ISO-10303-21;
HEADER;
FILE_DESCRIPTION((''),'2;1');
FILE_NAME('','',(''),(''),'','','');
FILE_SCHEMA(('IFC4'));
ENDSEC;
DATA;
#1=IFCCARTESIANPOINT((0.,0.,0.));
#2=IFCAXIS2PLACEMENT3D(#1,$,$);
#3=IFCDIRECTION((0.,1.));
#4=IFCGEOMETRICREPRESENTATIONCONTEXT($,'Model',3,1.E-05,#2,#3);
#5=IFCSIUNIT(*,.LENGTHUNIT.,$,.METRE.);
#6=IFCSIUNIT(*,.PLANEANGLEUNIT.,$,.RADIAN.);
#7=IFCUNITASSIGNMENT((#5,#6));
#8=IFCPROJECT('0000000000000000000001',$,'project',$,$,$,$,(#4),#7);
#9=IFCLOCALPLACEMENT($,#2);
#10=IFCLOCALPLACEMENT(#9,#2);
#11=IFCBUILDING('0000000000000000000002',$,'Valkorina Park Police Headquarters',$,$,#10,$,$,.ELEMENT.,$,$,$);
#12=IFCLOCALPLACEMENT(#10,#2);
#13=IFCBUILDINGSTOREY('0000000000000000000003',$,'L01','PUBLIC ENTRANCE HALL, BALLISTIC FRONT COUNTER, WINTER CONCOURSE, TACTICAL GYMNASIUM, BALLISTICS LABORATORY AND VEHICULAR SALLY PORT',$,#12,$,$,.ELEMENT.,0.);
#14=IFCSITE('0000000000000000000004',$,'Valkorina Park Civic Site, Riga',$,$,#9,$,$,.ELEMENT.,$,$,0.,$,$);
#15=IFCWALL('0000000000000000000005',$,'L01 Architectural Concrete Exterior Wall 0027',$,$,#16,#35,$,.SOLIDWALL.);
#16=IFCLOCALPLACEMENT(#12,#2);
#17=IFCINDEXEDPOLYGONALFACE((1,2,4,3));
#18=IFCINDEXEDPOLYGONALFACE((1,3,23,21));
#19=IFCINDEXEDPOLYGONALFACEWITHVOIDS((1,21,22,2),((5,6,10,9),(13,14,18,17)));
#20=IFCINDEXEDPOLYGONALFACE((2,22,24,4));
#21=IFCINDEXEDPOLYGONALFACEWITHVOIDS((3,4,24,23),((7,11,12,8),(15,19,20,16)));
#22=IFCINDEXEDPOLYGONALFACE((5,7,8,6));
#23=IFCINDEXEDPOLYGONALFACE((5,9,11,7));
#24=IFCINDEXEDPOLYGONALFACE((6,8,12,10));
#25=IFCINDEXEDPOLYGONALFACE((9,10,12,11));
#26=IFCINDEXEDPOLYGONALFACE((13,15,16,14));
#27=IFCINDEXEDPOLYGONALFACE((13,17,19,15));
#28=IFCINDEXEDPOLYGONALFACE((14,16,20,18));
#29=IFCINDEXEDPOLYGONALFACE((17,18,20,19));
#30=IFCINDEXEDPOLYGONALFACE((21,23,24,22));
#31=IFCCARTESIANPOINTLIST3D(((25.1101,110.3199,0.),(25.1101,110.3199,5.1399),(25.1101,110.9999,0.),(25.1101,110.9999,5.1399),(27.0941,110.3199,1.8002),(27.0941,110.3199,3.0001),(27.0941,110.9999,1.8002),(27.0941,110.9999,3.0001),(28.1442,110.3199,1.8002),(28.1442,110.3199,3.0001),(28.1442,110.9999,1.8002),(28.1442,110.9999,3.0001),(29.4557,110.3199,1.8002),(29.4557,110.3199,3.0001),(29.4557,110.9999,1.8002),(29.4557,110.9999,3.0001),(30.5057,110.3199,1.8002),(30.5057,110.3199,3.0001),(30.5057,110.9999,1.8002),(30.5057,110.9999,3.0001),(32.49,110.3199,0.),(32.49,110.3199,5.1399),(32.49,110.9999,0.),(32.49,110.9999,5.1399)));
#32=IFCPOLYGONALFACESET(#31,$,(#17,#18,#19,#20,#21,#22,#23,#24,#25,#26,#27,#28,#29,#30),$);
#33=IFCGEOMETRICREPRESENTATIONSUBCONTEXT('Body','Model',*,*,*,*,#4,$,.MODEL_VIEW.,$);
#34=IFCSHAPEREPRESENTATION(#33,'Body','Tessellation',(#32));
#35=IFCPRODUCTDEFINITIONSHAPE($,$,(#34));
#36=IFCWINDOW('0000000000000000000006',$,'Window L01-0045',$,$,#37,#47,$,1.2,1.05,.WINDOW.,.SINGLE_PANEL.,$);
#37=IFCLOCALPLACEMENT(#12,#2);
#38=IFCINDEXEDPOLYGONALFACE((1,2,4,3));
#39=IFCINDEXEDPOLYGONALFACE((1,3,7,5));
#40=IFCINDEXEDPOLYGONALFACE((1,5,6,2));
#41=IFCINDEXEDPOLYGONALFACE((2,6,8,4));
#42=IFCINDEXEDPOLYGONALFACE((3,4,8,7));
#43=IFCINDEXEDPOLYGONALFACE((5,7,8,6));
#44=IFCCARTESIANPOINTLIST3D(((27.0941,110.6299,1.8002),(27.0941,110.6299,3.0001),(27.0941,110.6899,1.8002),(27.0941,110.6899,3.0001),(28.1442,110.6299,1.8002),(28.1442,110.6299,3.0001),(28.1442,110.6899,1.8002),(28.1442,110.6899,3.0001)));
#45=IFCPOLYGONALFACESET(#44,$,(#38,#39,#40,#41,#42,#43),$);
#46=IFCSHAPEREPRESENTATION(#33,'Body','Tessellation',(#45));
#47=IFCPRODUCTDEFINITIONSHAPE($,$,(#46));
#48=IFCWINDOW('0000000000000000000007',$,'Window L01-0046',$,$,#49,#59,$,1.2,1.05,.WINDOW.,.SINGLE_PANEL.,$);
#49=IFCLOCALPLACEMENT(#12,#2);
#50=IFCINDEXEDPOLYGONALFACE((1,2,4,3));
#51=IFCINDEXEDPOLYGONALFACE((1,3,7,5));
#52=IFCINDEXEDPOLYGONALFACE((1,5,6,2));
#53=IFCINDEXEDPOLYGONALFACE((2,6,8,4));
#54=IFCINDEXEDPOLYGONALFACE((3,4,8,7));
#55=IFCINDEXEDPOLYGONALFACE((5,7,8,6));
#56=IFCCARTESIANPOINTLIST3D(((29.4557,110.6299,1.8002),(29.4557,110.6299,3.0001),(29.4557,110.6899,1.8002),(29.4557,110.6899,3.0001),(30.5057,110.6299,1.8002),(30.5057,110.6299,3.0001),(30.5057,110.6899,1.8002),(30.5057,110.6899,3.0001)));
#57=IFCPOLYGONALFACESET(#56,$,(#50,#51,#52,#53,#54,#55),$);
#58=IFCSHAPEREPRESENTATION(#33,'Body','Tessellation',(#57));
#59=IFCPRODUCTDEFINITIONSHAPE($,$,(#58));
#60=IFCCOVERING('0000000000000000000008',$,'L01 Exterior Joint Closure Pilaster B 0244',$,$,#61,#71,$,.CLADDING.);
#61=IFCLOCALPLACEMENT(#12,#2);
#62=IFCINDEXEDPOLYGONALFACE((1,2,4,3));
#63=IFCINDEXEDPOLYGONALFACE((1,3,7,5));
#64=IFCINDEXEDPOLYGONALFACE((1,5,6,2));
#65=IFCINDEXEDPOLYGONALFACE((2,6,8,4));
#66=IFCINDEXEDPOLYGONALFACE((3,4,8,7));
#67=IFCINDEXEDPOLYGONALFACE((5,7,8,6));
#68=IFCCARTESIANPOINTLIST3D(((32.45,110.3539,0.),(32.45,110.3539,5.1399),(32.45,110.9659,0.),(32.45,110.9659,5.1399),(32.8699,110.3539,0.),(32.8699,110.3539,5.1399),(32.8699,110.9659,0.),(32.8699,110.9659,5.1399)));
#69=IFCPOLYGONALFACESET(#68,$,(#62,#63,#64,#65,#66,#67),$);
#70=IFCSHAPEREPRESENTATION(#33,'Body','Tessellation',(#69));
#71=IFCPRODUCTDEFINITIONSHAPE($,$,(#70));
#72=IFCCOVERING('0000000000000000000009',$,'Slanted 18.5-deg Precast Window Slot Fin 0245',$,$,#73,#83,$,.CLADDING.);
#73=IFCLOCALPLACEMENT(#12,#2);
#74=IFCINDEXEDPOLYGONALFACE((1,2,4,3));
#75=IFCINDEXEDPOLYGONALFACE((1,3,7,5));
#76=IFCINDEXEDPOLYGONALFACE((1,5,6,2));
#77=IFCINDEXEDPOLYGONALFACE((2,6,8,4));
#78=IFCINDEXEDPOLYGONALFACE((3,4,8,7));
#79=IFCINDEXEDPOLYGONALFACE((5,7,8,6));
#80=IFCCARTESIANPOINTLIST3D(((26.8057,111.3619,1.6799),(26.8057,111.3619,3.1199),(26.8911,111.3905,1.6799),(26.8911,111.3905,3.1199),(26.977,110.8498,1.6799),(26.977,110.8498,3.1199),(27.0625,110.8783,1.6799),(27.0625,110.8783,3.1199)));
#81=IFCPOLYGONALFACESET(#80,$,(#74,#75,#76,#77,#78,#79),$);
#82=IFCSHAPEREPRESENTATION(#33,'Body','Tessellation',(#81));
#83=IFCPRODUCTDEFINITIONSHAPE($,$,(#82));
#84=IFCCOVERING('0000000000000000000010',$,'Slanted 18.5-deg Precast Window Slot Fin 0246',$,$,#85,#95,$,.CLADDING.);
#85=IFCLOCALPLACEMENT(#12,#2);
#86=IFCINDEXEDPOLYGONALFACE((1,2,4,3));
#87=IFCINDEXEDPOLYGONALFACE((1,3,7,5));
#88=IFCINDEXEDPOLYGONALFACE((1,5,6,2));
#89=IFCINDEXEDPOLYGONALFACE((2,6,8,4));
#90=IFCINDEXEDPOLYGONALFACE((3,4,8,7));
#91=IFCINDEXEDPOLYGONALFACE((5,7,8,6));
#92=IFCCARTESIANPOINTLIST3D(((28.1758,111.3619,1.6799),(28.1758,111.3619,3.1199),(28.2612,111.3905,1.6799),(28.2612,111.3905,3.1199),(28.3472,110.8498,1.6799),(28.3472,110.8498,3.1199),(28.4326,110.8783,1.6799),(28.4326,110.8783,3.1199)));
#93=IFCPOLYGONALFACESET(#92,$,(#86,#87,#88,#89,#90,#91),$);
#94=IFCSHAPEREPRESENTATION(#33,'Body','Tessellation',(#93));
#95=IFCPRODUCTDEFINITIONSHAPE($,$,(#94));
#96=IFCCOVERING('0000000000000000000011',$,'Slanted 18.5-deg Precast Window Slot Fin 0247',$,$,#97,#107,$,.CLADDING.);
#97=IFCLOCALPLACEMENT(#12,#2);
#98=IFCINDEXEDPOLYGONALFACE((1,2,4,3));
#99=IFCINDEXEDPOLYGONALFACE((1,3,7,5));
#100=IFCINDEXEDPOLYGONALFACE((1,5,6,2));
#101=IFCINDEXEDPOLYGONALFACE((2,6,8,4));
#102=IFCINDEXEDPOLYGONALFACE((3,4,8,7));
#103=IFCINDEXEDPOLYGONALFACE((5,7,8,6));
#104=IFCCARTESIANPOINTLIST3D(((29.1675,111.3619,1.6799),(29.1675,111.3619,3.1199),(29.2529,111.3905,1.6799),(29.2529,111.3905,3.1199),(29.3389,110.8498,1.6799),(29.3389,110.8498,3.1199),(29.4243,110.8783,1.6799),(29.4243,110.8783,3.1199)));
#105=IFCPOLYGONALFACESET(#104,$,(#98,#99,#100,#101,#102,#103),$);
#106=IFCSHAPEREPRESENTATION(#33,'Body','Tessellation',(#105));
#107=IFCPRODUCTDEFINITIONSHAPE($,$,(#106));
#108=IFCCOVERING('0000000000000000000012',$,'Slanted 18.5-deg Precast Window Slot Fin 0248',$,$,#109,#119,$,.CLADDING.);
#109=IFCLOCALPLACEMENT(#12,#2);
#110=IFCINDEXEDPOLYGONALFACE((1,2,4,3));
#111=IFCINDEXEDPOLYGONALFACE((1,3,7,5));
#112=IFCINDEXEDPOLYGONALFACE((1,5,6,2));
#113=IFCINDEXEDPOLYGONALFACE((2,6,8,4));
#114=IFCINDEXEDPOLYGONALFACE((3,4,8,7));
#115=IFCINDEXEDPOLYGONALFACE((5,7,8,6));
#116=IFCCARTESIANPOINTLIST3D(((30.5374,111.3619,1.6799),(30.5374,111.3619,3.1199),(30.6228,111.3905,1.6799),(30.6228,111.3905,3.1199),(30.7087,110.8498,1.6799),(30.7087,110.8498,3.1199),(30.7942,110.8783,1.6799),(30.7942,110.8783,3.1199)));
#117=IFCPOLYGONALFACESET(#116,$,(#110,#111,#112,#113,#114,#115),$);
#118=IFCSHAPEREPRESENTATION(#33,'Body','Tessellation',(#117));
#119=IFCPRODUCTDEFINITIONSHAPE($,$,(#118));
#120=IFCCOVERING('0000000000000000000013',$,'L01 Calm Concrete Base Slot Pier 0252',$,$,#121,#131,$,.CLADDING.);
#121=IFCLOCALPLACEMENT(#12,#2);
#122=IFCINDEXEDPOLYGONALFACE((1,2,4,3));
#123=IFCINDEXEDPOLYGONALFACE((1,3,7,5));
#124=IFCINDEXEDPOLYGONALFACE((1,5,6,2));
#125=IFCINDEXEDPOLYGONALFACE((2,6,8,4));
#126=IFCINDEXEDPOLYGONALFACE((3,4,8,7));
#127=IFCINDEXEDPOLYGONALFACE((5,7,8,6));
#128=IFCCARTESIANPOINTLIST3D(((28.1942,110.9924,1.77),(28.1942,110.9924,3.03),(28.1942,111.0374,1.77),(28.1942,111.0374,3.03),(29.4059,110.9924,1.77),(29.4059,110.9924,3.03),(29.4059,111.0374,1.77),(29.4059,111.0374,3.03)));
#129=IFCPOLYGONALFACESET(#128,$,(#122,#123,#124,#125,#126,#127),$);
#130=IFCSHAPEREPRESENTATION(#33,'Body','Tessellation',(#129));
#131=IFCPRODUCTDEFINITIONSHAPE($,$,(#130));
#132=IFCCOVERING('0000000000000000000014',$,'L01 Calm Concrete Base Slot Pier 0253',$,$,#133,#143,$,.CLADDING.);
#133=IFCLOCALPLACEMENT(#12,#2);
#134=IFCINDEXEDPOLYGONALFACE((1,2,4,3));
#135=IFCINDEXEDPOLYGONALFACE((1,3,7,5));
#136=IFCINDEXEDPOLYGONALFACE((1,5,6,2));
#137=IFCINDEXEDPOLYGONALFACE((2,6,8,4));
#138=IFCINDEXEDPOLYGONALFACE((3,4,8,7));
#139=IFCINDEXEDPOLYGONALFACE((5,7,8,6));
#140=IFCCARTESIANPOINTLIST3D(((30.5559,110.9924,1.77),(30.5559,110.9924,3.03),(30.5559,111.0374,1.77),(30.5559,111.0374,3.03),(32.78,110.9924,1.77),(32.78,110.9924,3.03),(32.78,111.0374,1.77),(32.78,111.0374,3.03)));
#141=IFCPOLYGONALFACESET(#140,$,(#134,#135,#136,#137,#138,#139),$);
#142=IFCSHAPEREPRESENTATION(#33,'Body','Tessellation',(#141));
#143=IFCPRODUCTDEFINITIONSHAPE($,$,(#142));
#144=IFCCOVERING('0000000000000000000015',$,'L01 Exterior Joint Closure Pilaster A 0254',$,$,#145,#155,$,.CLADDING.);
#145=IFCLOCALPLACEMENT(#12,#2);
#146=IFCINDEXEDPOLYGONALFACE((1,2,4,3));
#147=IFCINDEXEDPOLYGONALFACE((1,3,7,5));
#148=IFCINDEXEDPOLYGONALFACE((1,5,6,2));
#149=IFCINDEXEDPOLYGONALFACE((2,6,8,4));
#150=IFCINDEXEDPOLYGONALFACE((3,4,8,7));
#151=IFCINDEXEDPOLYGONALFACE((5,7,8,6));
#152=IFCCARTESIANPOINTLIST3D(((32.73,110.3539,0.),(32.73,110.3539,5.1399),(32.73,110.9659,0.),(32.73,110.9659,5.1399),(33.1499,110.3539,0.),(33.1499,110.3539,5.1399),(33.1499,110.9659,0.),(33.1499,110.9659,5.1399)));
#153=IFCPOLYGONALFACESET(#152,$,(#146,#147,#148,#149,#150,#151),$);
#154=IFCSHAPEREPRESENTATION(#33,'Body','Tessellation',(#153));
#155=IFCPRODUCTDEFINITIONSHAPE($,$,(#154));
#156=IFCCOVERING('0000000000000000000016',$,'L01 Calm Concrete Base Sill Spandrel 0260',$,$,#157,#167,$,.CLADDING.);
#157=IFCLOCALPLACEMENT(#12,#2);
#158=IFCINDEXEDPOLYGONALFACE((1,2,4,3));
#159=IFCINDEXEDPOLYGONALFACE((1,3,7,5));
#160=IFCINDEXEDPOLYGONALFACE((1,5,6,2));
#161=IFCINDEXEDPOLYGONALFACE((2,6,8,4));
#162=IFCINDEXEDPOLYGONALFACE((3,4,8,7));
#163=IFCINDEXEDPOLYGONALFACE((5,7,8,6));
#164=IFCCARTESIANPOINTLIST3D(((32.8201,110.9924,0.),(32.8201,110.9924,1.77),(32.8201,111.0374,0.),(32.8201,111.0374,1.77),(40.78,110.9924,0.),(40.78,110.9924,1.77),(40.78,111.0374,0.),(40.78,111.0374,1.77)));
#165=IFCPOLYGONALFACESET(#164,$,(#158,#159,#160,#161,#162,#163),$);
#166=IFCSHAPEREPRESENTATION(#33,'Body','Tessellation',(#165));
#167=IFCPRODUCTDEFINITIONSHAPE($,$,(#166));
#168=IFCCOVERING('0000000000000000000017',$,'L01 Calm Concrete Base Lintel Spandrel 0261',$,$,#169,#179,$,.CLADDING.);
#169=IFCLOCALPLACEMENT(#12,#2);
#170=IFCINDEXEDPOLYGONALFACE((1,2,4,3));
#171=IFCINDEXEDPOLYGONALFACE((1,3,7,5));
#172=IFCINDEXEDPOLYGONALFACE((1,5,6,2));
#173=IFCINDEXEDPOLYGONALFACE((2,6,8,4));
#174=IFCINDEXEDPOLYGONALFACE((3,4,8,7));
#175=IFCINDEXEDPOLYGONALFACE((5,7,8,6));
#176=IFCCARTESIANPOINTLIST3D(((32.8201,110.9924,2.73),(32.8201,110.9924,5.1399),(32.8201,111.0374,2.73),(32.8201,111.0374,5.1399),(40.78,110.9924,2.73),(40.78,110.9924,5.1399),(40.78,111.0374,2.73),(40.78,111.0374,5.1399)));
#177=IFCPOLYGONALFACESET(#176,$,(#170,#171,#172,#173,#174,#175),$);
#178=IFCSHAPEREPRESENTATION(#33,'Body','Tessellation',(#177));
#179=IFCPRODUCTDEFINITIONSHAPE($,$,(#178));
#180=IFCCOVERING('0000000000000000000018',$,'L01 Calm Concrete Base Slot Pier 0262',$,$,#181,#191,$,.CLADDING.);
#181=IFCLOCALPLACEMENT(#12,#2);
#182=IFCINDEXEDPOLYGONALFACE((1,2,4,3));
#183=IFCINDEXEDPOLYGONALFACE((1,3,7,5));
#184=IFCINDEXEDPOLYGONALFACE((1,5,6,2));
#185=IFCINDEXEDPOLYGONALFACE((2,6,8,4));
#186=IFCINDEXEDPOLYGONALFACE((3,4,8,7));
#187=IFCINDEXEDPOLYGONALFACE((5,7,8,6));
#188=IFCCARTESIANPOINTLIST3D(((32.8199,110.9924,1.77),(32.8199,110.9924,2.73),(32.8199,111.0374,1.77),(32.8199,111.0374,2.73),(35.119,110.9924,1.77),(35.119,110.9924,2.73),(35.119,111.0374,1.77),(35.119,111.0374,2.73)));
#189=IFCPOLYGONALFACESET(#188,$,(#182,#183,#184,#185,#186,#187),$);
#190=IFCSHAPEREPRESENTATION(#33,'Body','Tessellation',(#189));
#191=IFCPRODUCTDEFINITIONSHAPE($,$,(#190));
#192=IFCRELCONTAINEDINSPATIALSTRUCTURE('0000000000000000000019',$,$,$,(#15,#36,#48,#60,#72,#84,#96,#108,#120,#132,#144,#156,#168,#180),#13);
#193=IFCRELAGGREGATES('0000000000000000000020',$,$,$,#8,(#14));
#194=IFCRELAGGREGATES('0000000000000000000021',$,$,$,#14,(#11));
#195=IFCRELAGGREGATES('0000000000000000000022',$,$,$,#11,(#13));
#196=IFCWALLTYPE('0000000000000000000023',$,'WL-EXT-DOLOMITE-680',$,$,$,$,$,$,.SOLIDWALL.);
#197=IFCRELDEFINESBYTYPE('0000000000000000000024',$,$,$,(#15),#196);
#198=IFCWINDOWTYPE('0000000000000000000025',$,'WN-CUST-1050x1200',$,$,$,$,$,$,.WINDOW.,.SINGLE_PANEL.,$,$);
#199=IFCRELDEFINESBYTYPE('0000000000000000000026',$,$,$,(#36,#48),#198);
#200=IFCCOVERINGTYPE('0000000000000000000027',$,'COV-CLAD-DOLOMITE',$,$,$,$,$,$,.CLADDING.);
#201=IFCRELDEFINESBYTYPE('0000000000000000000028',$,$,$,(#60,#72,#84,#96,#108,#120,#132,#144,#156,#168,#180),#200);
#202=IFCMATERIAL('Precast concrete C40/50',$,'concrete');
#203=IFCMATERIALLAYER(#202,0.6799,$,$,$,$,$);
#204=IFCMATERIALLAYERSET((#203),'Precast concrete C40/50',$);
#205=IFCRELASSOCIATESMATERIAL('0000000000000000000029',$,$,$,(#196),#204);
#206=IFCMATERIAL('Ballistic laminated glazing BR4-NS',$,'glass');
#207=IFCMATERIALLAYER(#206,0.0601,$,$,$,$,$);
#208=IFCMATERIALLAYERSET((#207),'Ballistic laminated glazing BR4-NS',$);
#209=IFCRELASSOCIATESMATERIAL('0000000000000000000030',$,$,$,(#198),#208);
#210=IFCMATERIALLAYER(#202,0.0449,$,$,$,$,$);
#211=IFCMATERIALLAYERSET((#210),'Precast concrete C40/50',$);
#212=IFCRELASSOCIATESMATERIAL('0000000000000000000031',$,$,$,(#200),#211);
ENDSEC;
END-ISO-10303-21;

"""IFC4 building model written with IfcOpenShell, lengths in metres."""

from ifc_helpers import new_model, si_unit, direction, frame, frame_2d, origin, origin_2d, place, context, subcontext, project, spatial, rectangle, extrude, material, layer, layer_set, type_object, element, fill, save


model = new_model("IFC4")

# Units and contexts
model_context = context("Model", 3, precision=1e-05, world=origin(), true_north=direction((0.0, 1.0)))
body_context = subcontext(model_context, "Body", "Model", "MODEL_VIEW")
ifc_project = project(units=[si_unit("LENGTHUNIT", "METRE"), si_unit("PLANEANGLEUNIT", "RADIAN")], contexts=[model_context])

# Site, building, storey
site_placement = place(None, origin())
site = spatial("IfcSite", under=ifc_project, at=site_placement, Name="Valkorina Park Civic Site, Riga", CompositionType="ELEMENT", RefElevation=0.0)
building_placement = place(site_placement, origin())
building = spatial("IfcBuilding", under=site, at=building_placement, Name="Valkorina Park Police Headquarters", CompositionType="ELEMENT")
storey_placement = place(building_placement, origin())
storey = spatial("IfcBuildingStorey", under=building, at=storey_placement, Name="L01", Description="PUBLIC ENTRANCE HALL, BALLISTIC FRONT COUNTER, WINTER CONCOURSE, TACTICAL GYMNASIUM, BALLISTICS LABORATORY AND VEHICULAR SALLY PORT", CompositionType="ELEMENT", Elevation=0.0)

# Wall, openings, windows
ifc_material_1 = material(Name="Precast concrete C40/50", Category="concrete")
ifc_layer_1 = layer(ifc_material_1, 0.6799)
ifc_layer_set_1 = layer_set([ifc_layer_1], Name="Precast concrete C40/50")
wall_type = type_object("IfcWallType", Name="WL-EXT-DOLOMITE-680", PredefinedType="SOLIDWALL", material=ifc_layer_set_1)
wall_placement = place(storey_placement, frame((25.1101, 110.6599, 0.0), z_axis=(0.0, 0.0, 1.0), x_axis=(1.0, 0.0, 0.0)))
wall = element("IfcWall", 1, at=wall_placement, inside=storey, type_object=wall_type, Name="L01 Architectural Concrete Exterior Wall 0027", PredefinedType="SOLIDWALL", context=body_context, shape_type="SweptSolid", body=[
    extrude(rectangle(XDim=7.3799, YDim=0.6799, at=frame_2d((3.6899, 0.0))), origin(), (0.0, 0.0, 1.0), 5.1399),
])
opening_1_placement = place(wall_placement, frame((1.9841, 0.0, 1.8)))
opening_1 = element("IfcOpeningElement", 2, at=opening_1_placement, cuts=wall, PredefinedType="OPENING", context=body_context, shape_type="SweptSolid", body=[
    extrude(rectangle(XDim=1.05, YDim=1.2, at=frame_2d((0.5249, 0.6001))), frame((0.0, 0.3501, 0.0), z_axis=(0.0, -1.0, 0.0), x_axis=(1.0, 0.0, 0.0)), (0.0, 0.0, 1.0), 0.7),
])
opening_2_placement = place(wall_placement, frame((4.3457, 0.0, 1.8)))
opening_2 = element("IfcOpeningElement", 3, at=opening_2_placement, cuts=wall, PredefinedType="OPENING", context=body_context, shape_type="SweptSolid", body=[
    extrude(rectangle(XDim=1.05, YDim=1.2, at=frame_2d((0.5249, 0.6001))), frame((0.0, 0.3501, 0.0), z_axis=(0.0, -1.0, 0.0), x_axis=(1.0, 0.0, 0.0)), (0.0, 0.0, 1.0), 0.7),
])
ifc_material_2 = material(Name="Ballistic laminated glazing BR4-NS", Category="glass")
ifc_layer_2 = layer(ifc_material_2, 0.0601)
ifc_layer_set_2 = layer_set([ifc_layer_2], Name="Ballistic laminated glazing BR4-NS")
window_type = type_object("IfcWindowType", Name="WN-CUST-1050x1200", PartitioningType="SINGLE_PANEL", PredefinedType="WINDOW", material=ifc_layer_set_2)
window_1_placement = place(opening_1_placement, origin())
window_1 = element("IfcWindow", 4, at=window_1_placement, inside=storey, type_object=window_type, Name="Window L01-0045", OverallHeight=1.2, OverallWidth=1.05, PartitioningType="SINGLE_PANEL", PredefinedType="WINDOW", context=body_context, shape_type="SweptSolid", body=[
    extrude(rectangle(XDim=1.05, YDim=1.2, at=frame_2d((0.5249, 0.6001))), frame((0.0, 0.03, 0.0), z_axis=(0.0, -1.0, 0.0), x_axis=(1.0, 0.0, 0.0)), (0.0, 0.0, 1.0), 0.0601),
])
fill(opening_1, window_1)
window_2_placement = place(opening_2_placement, origin())
window_2 = element("IfcWindow", 5, at=window_2_placement, inside=storey, type_object=window_type, Name="Window L01-0046", OverallHeight=1.2, OverallWidth=1.05, PartitioningType="SINGLE_PANEL", PredefinedType="WINDOW", context=body_context, shape_type="SweptSolid", body=[
    extrude(rectangle(XDim=1.05, YDim=1.2, at=frame_2d((0.5249, 0.6001))), frame((0.0, 0.03, 0.0), z_axis=(0.0, -1.0, 0.0), x_axis=(1.0, 0.0, 0.0)), (0.0, 0.0, 1.0), 0.0601),
])
fill(opening_2, window_2)

# Coverings
ifc_layer_3 = layer(ifc_material_1, 0.0449)
ifc_layer_set_3 = layer_set([ifc_layer_3], Name="Precast concrete C40/50")
covering_type = type_object("IfcCoveringType", Name="COV-CLAD-DOLOMITE", PredefinedType="CLADDING", material=ifc_layer_set_3)
covering_1_placement = place(storey_placement, frame((32.6599, 110.6599, 0.0), z_axis=(0.0, 0.0, 1.0), x_axis=(1.0, 0.0, 0.0)))
element("IfcCovering", 6, at=covering_1_placement, inside=storey, type_object=covering_type, Name="L01 Exterior Joint Closure Pilaster B 0244", PredefinedType="CLADDING", context=body_context, shape_type="SweptSolid", body=[
    extrude(rectangle(XDim=0.4199, YDim=0.6121, at=origin_2d()), origin(), (0.0, 0.0, 1.0), 5.1399),
])
for number, where, z_axis, x_axis, name in (
    (7, (26.9341, 111.1201, 1.6799), (0.0, 0.0, 1.0), (-0.317305, 0.948324, 0.0), "Slanted 18.5-deg Precast Window Slot Fin 0245"),
    (8, (28.3042, 111.1201, 1.6799), (0.0, 0.0, 1.0), (-0.317305, 0.948324, 0.0), "Slanted 18.5-deg Precast Window Slot Fin 0246"),
    (9, (29.2959, 111.1201, 1.6799), (0.0, 0.0, 1.0), (-0.317305, 0.948324, 0.0), "Slanted 18.5-deg Precast Window Slot Fin 0247"),
    (10, (30.6658, 111.1201, 1.6799), (0.0, 0.0, 1.0), (-0.317305, 0.948324, 0.0), "Slanted 18.5-deg Precast Window Slot Fin 0248"),
):
    element("IfcCovering", number, at=place(storey_placement, frame(where, z_axis=z_axis, x_axis=x_axis)), inside=storey, type_object=covering_type, Name=name, PredefinedType="CLADDING", context=body_context, shape_type="SweptSolid", body=[
        extrude(rectangle(XDim=0.54, YDim=0.0901, at=origin_2d()), origin(), (0.0, 0.0, 1.0), 1.4399),
    ])
covering_2_placement = place(storey_placement, frame((28.1941, 111.0149, 1.77), z_axis=(0.0, 0.0, 1.0), x_axis=(1.0, 0.0, 0.0)))
element("IfcCovering", 11, at=covering_2_placement, inside=storey, type_object=covering_type, Name="L01 Calm Concrete Base Slot Pier 0252", PredefinedType="CLADDING", context=body_context, shape_type="SweptSolid", body=[
    extrude(rectangle(XDim=1.2117, YDim=0.0449, at=frame_2d((0.606, 0.0))), origin(), (0.0, 0.0, 1.0), 1.26),
])
covering_3_placement = place(storey_placement, frame((30.5559, 111.0149, 1.77), z_axis=(0.0, 0.0, 1.0), x_axis=(1.0, 0.0, 0.0)))
element("IfcCovering", 12, at=covering_3_placement, inside=storey, type_object=covering_type, Name="L01 Calm Concrete Base Slot Pier 0253", PredefinedType="CLADDING", context=body_context, shape_type="SweptSolid", body=[
    extrude(rectangle(XDim=2.2241, YDim=0.0449, at=frame_2d((1.1121, 0.0))), origin(), (0.0, 0.0, 1.0), 1.26),
])
covering_4_placement = place(storey_placement, frame((32.9399, 110.6599, 0.0), z_axis=(0.0, 0.0, 1.0), x_axis=(1.0, 0.0, 0.0)))
element("IfcCovering", 13, at=covering_4_placement, inside=storey, type_object=covering_type, Name="L01 Exterior Joint Closure Pilaster A 0254", PredefinedType="CLADDING", context=body_context, shape_type="SweptSolid", body=[
    extrude(rectangle(XDim=0.4199, YDim=0.6121, at=origin_2d()), origin(), (0.0, 0.0, 1.0), 5.1399),
])
covering_5_placement = place(storey_placement, frame((32.8201, 111.0149, 0.0), z_axis=(0.0, 0.0, 1.0), x_axis=(1.0, 0.0, 0.0)))
element("IfcCovering", 14, at=covering_5_placement, inside=storey, type_object=covering_type, Name="L01 Calm Concrete Base Sill Spandrel 0260", PredefinedType="CLADDING", context=body_context, shape_type="SweptSolid", body=[
    extrude(rectangle(XDim=7.96, YDim=0.0449, at=frame_2d((3.98, 0.0))), origin(), (0.0, 0.0, 1.0), 1.77),
])
covering_6_placement = place(storey_placement, frame((32.8201, 111.0149, 2.73), z_axis=(0.0, 0.0, 1.0), x_axis=(1.0, 0.0, 0.0)))
element("IfcCovering", 15, at=covering_6_placement, inside=storey, type_object=covering_type, Name="L01 Calm Concrete Base Lintel Spandrel 0261", PredefinedType="CLADDING", context=body_context, shape_type="SweptSolid", body=[
    extrude(rectangle(XDim=7.96, YDim=0.0449, at=frame_2d((3.98, 0.0))), origin(), (0.0, 0.0, 1.0), 2.4099),
])
covering_7_placement = place(storey_placement, frame((32.8201, 111.0149, 1.77), z_axis=(0.0, 0.0, 1.0), x_axis=(1.0, 0.0, 0.0)))
element("IfcCovering", 16, at=covering_7_placement, inside=storey, type_object=covering_type, Name="L01 Calm Concrete Base Slot Pier 0262", PredefinedType="CLADDING", context=body_context, shape_type="SweptSolid", body=[
    extrude(rectangle(XDim=2.2991, YDim=0.0449, at=frame_2d((1.1494, 0.0))), origin(), (0.0, 0.0, 1.0), 0.96),
])

save(model, "model.ifc")
